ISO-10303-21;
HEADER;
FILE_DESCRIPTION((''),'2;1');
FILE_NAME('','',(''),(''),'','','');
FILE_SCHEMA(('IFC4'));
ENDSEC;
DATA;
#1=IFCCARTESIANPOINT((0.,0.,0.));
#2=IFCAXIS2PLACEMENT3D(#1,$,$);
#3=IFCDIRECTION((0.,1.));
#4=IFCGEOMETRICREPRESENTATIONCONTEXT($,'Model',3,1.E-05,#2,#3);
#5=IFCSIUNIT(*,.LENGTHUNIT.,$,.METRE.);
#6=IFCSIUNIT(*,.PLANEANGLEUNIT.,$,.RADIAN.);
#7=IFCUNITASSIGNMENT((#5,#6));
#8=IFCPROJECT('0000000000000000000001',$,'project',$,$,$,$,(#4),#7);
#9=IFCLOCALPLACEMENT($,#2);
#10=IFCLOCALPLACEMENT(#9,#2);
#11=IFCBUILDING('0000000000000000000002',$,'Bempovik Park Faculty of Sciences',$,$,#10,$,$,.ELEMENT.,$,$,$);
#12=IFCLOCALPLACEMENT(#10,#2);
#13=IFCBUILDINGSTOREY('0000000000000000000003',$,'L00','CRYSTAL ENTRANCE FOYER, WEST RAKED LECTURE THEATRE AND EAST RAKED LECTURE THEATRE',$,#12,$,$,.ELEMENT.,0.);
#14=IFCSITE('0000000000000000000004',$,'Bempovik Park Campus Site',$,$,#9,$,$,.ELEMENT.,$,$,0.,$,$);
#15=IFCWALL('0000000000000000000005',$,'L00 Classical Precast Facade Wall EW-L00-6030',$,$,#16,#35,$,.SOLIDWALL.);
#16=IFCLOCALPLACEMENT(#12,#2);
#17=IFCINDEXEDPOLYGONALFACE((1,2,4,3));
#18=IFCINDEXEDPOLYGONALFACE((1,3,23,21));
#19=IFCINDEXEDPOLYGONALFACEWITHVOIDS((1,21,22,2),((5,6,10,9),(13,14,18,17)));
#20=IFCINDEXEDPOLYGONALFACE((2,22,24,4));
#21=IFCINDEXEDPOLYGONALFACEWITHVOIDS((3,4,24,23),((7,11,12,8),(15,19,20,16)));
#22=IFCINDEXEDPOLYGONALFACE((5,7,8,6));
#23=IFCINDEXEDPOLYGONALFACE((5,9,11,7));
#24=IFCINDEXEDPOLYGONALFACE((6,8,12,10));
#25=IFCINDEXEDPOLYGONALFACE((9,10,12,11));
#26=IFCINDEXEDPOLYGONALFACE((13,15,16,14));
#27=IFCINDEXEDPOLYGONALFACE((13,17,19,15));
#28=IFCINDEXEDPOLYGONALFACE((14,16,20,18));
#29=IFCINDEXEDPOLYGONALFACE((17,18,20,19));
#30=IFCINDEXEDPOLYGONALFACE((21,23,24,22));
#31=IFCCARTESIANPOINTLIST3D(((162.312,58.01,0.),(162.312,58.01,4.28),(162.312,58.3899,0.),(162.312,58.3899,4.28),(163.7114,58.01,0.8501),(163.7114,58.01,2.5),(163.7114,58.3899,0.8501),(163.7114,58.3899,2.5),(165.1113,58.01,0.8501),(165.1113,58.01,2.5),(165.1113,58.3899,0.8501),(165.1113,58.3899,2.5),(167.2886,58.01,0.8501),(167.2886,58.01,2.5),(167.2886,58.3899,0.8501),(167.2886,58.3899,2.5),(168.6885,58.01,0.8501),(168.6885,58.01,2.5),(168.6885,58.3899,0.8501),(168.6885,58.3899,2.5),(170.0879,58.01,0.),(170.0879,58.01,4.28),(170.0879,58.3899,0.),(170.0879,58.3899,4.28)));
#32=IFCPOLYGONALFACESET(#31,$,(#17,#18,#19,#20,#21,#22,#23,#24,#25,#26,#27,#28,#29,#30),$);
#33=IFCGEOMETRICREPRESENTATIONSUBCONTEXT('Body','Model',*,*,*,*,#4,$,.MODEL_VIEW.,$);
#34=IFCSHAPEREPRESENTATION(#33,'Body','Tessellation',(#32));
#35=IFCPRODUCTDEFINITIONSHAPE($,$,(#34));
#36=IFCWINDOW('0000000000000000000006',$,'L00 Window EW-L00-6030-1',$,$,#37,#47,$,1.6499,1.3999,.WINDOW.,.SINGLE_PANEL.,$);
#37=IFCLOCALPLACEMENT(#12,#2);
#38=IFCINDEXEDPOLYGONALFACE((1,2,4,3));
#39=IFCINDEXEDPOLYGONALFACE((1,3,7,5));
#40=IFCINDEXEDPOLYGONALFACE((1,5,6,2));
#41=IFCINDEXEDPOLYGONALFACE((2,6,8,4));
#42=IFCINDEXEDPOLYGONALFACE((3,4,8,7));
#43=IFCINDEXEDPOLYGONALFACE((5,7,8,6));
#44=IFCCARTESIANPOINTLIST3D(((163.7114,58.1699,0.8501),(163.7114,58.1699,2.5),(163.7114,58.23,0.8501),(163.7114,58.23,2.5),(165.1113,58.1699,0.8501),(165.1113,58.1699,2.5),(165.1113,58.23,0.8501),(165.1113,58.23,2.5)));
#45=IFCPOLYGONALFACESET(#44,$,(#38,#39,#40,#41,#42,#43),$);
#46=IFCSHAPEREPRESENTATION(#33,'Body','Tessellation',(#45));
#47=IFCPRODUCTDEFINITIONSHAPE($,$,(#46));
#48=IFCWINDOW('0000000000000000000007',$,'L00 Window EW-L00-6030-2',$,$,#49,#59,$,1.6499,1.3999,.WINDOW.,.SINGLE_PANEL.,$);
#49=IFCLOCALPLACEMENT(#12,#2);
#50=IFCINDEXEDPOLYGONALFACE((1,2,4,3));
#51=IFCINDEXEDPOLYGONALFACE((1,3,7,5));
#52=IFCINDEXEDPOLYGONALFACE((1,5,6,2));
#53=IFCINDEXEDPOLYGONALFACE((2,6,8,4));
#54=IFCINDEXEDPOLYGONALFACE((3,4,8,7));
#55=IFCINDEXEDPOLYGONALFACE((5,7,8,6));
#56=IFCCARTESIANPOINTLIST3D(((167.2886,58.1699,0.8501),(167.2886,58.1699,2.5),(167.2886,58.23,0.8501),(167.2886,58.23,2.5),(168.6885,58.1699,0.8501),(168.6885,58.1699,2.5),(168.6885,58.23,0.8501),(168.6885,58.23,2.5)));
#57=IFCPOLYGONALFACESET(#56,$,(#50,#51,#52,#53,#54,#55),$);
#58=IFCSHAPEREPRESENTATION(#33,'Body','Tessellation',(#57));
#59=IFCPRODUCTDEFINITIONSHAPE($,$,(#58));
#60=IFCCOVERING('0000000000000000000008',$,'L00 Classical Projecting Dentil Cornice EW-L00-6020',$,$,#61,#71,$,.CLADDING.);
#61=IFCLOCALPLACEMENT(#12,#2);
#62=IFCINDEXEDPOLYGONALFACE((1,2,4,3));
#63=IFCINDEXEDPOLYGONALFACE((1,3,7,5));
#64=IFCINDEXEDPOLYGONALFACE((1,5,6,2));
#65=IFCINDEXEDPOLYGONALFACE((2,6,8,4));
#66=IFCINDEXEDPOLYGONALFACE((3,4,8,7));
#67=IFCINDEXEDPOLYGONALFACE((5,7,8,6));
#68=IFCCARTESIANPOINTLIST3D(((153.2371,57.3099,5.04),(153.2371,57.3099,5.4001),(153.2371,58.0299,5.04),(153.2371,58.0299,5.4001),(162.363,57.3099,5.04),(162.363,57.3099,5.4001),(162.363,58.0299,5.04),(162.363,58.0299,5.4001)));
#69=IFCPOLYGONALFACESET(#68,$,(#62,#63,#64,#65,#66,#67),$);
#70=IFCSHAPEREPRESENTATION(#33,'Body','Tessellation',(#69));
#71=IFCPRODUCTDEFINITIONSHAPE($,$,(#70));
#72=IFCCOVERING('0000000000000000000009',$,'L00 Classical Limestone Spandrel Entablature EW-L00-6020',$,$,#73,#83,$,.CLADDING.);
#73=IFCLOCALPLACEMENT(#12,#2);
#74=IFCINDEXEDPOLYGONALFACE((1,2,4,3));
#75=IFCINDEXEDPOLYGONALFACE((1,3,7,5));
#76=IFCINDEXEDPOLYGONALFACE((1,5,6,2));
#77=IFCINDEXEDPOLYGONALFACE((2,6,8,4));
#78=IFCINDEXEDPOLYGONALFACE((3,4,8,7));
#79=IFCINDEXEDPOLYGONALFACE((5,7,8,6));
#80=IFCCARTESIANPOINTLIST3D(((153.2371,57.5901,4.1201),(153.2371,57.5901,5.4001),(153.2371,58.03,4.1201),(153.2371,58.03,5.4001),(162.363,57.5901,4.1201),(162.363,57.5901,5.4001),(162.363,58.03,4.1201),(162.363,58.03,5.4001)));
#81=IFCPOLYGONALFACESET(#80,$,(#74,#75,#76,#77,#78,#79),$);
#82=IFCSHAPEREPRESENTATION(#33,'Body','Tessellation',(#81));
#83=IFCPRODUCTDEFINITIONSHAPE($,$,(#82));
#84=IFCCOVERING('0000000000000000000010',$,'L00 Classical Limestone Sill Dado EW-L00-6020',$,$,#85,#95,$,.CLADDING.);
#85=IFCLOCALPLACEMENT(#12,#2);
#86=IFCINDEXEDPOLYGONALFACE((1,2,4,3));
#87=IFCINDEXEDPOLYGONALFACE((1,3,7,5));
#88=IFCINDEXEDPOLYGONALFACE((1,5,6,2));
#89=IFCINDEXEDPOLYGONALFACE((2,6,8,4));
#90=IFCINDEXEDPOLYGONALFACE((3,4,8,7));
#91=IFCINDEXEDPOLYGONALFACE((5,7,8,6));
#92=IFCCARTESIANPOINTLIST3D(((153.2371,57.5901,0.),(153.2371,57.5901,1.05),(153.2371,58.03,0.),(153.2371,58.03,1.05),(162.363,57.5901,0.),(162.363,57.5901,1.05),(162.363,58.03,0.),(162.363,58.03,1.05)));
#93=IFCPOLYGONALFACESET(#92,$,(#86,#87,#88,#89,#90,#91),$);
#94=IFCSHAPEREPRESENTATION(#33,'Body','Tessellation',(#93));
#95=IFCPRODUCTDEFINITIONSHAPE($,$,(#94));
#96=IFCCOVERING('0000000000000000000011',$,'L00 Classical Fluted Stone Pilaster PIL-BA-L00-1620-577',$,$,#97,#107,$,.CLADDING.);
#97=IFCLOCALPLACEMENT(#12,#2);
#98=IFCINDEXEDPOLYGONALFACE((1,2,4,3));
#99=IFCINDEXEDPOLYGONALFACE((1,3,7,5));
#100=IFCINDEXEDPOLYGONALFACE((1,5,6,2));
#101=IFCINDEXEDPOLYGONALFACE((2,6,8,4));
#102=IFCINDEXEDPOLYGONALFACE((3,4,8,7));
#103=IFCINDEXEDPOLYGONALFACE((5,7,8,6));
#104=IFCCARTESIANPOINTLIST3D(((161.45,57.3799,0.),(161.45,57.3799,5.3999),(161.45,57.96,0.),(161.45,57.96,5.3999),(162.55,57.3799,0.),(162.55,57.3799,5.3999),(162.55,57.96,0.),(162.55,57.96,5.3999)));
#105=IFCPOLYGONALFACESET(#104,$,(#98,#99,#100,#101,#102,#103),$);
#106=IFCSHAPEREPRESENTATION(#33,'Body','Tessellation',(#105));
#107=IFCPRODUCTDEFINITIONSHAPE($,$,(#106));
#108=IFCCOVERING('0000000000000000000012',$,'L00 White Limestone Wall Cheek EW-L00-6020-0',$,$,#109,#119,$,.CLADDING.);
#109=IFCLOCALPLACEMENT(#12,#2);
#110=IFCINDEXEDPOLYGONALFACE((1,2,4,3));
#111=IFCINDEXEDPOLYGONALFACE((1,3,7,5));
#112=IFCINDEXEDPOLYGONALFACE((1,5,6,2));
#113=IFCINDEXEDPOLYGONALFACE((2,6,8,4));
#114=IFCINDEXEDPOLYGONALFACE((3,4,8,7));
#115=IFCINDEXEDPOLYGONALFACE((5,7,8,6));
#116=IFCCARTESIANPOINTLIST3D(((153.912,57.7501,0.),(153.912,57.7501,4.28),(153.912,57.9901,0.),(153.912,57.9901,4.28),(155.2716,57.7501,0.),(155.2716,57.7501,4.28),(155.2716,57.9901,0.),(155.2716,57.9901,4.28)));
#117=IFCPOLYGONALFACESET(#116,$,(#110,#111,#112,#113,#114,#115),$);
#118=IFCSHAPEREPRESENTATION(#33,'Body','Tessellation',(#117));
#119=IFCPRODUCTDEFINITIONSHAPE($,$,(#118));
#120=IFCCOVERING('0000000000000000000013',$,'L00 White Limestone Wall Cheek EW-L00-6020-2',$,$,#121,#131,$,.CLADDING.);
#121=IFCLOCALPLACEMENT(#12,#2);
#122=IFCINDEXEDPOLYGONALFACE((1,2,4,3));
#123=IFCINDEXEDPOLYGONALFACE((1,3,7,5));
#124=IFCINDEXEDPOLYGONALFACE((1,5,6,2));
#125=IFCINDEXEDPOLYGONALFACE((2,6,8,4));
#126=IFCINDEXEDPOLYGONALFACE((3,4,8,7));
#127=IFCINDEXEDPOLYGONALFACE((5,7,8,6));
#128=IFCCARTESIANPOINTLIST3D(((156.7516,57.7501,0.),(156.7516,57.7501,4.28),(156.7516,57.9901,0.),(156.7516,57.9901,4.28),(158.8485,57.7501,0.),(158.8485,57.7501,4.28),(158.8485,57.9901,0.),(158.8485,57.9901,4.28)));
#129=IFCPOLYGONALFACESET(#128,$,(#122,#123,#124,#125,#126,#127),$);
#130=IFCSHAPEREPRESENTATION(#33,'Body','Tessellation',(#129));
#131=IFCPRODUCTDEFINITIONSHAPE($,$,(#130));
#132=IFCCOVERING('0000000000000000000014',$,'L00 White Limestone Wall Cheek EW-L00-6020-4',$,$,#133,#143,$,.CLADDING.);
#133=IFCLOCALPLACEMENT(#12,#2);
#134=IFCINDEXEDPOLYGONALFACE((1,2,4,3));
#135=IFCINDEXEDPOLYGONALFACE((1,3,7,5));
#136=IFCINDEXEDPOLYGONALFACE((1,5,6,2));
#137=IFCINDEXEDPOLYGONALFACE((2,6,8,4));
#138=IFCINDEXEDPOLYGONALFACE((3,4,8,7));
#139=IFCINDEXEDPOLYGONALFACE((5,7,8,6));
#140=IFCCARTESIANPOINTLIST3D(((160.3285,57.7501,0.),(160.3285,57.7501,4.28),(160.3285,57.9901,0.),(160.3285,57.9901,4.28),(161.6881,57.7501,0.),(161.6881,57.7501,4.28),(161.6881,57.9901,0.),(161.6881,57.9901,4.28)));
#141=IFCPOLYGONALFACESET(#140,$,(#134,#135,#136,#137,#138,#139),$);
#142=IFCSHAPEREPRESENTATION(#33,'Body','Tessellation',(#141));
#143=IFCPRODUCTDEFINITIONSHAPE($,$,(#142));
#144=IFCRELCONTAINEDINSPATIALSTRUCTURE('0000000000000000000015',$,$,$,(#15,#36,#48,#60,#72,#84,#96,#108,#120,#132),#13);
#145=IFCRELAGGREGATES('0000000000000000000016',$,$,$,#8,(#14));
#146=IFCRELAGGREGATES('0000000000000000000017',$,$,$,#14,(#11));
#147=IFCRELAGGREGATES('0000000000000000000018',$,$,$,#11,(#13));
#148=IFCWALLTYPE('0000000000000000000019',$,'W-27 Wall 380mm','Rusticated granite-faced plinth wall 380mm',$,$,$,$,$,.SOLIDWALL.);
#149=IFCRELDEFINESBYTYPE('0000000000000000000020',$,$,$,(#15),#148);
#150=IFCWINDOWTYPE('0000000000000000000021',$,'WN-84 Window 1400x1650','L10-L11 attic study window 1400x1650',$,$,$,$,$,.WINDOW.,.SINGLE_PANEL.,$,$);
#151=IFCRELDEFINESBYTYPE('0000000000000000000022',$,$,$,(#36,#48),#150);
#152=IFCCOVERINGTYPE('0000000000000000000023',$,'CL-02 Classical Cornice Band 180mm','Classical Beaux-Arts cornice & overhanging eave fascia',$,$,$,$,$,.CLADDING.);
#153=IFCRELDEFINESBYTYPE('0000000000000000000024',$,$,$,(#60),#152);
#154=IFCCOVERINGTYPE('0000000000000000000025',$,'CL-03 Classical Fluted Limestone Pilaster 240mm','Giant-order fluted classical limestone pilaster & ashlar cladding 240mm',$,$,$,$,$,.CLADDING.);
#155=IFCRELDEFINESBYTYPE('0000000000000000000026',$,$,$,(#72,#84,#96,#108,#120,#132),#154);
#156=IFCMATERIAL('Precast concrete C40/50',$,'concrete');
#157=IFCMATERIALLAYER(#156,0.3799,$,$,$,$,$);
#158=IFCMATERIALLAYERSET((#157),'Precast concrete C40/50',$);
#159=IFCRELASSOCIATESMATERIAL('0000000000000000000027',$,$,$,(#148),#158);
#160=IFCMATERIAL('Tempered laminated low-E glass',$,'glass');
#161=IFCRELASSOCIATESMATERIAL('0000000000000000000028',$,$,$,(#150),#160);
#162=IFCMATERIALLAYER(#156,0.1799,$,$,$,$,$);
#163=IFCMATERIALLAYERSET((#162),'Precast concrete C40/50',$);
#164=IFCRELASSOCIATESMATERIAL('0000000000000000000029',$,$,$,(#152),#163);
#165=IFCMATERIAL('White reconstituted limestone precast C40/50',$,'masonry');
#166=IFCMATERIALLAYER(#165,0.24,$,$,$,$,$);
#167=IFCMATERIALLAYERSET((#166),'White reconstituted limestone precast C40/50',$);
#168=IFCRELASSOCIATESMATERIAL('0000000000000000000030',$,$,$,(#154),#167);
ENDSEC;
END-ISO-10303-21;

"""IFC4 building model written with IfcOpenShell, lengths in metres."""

from ifc_helpers import new_model, si_unit, direction, frame, frame_2d, origin, origin_2d, place, context, subcontext, project, spatial, rectangle, extrude, material, layer, layer_set, type_object, element, fill, save


model = new_model("IFC4")

# Units and contexts
model_context = context("Model", 3, precision=1e-05, world=origin(), true_north=direction((0.0, 1.0)))
body_context = subcontext(model_context, "Body", "Model", "MODEL_VIEW")
ifc_project = project(units=[si_unit("LENGTHUNIT", "METRE"), si_unit("PLANEANGLEUNIT", "RADIAN")], contexts=[model_context])

# Site, building, storey
site_placement = place(None, origin())
site = spatial("IfcSite", under=ifc_project, at=site_placement, Name="Bempovik Park Campus Site", CompositionType="ELEMENT", RefElevation=0.0)
building_placement = place(site_placement, origin())
building = spatial("IfcBuilding", under=site, at=building_placement, Name="Bempovik Park Faculty of Sciences", CompositionType="ELEMENT")
storey_placement = place(building_placement, origin())
storey = spatial("IfcBuildingStorey", under=building, at=storey_placement, Name="L00", Description="CRYSTAL ENTRANCE FOYER, WEST RAKED LECTURE THEATRE AND EAST RAKED LECTURE THEATRE", CompositionType="ELEMENT", Elevation=0.0)

# Wall, openings, windows
ifc_material_1 = material(Name="Precast concrete C40/50", Category="concrete")
ifc_layer_1 = layer(ifc_material_1, 0.3799)
ifc_layer_set_1 = layer_set([ifc_layer_1], Name="Precast concrete C40/50")
wall_type = type_object("IfcWallType", Name="W-27 Wall 380mm", Description="Rusticated granite-faced plinth wall 380mm", PredefinedType="SOLIDWALL", material=ifc_layer_set_1)
wall_placement = place(storey_placement, frame((162.312, 58.2, 0.0), z_axis=(0.0, 0.0, 1.0), x_axis=(1.0, 0.0, 0.0)))
wall = element("IfcWall", 1, at=wall_placement, inside=storey, type_object=wall_type, Name="L00 Classical Precast Facade Wall EW-L00-6030", PredefinedType="SOLIDWALL", context=body_context, shape_type="SweptSolid", body=[
    extrude(rectangle(XDim=7.7759, YDim=0.3799, at=frame_2d((3.8879, 0.0))), origin(), (0.0, 0.0, 1.0), 4.28),
])
opening_1_placement = place(wall_placement, frame((1.3994, 0.0, 0.8501)))
opening_1 = element("IfcOpeningElement", 2, at=opening_1_placement, cuts=wall, PredefinedType="OPENING", context=body_context, shape_type="SweptSolid", body=[
    extrude(rectangle(XDim=1.3999, YDim=1.6499, at=frame_2d((0.7, 0.825))), frame((0.0, 0.2, 0.0), z_axis=(0.0, -1.0, 0.0), x_axis=(1.0, 0.0, 0.0)), (0.0, 0.0, 1.0), 0.3999),
])
opening_2_placement = place(wall_placement, frame((4.9766, 0.0, 0.8501)))
opening_2 = element("IfcOpeningElement", 3, at=opening_2_placement, cuts=wall, PredefinedType="OPENING", context=body_context, shape_type="SweptSolid", body=[
    extrude(rectangle(XDim=1.3999, YDim=1.6499, at=frame_2d((0.7, 0.825))), frame((0.0, 0.2, 0.0), z_axis=(0.0, -1.0, 0.0), x_axis=(1.0, 0.0, 0.0)), (0.0, 0.0, 1.0), 0.3999),
])
ifc_material_2 = material(Name="Tempered laminated low-E glass", Category="glass")
window_type = type_object("IfcWindowType", Name="WN-84 Window 1400x1650", Description="L10-L11 attic study window 1400x1650", PartitioningType="SINGLE_PANEL", PredefinedType="WINDOW", material=ifc_material_2)
window_1_placement = place(opening_1_placement, origin())
window_1 = element("IfcWindow", 4, at=window_1_placement, inside=storey, type_object=window_type, Name="L00 Window EW-L00-6030-1", OverallHeight=1.6499, OverallWidth=1.3999, PartitioningType="SINGLE_PANEL", PredefinedType="WINDOW", context=body_context, shape_type="SweptSolid", body=[
    extrude(rectangle(XDim=1.3999, YDim=1.6499, at=frame_2d((0.7, 0.825))), frame((0.0, 0.03, 0.0), z_axis=(0.0, -1.0, 0.0), x_axis=(1.0, 0.0, 0.0)), (0.0, 0.0, 1.0), 0.0601),
])
fill(opening_1, window_1)
window_2_placement = place(opening_2_placement, origin())
window_2 = element("IfcWindow", 5, at=window_2_placement, inside=storey, type_object=window_type, Name="L00 Window EW-L00-6030-2", OverallHeight=1.6499, OverallWidth=1.3999, PartitioningType="SINGLE_PANEL", PredefinedType="WINDOW", context=body_context, shape_type="SweptSolid", body=[
    extrude(rectangle(XDim=1.3999, YDim=1.6499, at=frame_2d((0.7, 0.825))), frame((0.0, 0.03, 0.0), z_axis=(0.0, -1.0, 0.0), x_axis=(1.0, 0.0, 0.0)), (0.0, 0.0, 1.0), 0.0601),
])
fill(opening_2, window_2)

# Coverings
ifc_layer_2 = layer(ifc_material_1, 0.1799)
ifc_layer_set_2 = layer_set([ifc_layer_2], Name="Precast concrete C40/50")
covering_type_1 = type_object("IfcCoveringType", Name="CL-02 Classical Cornice Band 180mm", Description="Classical Beaux-Arts cornice & overhanging eave fascia", PredefinedType="CLADDING", material=ifc_layer_set_2)
covering_1_placement = place(storey_placement, frame((157.8, 57.6699, 5.04), z_axis=(0.0, 0.0, 1.0), x_axis=(1.0, 0.0, 0.0)))
element("IfcCovering", 6, at=covering_1_placement, inside=storey, type_object=covering_type_1, Name="L00 Classical Projecting Dentil Cornice EW-L00-6020", PredefinedType="CLADDING", context=body_context, shape_type="SweptSolid", body=[
    extrude(rectangle(XDim=9.126, YDim=0.72, at=origin_2d()), origin(), (0.0, 0.0, 1.0), 0.3601),
])
ifc_material_3 = material(Name="White reconstituted limestone precast C40/50", Category="masonry")
ifc_layer_3 = layer(ifc_material_3, 0.24)
ifc_layer_set_3 = layer_set([ifc_layer_3], Name="White reconstituted limestone precast C40/50")
covering_type_2 = type_object("IfcCoveringType", Name="CL-03 Classical Fluted Limestone Pilaster 240mm", Description="Giant-order fluted classical limestone pilaster & ashlar cladding 240mm", PredefinedType="CLADDING", material=ifc_layer_set_3)
covering_2_placement = place(storey_placement, frame((157.8, 57.8101, 4.1201), z_axis=(0.0, 0.0, 1.0), x_axis=(1.0, 0.0, 0.0)))
element("IfcCovering", 7, at=covering_2_placement, inside=storey, type_object=covering_type_2, Name="L00 Classical Limestone Spandrel Entablature EW-L00-6020", PredefinedType="CLADDING", context=body_context, shape_type="SweptSolid", body=[
    extrude(rectangle(XDim=9.126, YDim=0.4399, at=origin_2d()), origin(), (0.0, 0.0, 1.0), 1.28),
])
covering_3_placement = place(storey_placement, frame((157.8, 57.8101, 0.0), z_axis=(0.0, 0.0, 1.0), x_axis=(1.0, 0.0, 0.0)))
element("IfcCovering", 8, at=covering_3_placement, inside=storey, type_object=covering_type_2, Name="L00 Classical Limestone Sill Dado EW-L00-6020", PredefinedType="CLADDING", context=body_context, shape_type="SweptSolid", body=[
    extrude(rectangle(XDim=9.126, YDim=0.4399, at=origin_2d()), origin(), (0.0, 0.0, 1.0), 1.05),
])
covering_4_placement = place(storey_placement, frame((162.0, 57.6699, 0.0), z_axis=(0.0, 0.0, 1.0), x_axis=(1.0, 0.0, 0.0)))
element("IfcCovering", 9, at=covering_4_placement, inside=storey, type_object=covering_type_2, Name="L00 Classical Fluted Stone Pilaster PIL-BA-L00-1620-577", PredefinedType="CLADDING", context=body_context, shape_type="SweptSolid", body=[
    extrude(rectangle(XDim=1.1001, YDim=0.5801, at=origin_2d()), origin(), (0.0, 0.0, 1.0), 5.3999),
])
covering_5_placement = place(storey_placement, frame((154.5918, 57.8701, 0.0), z_axis=(0.0, 0.0, 1.0), x_axis=(1.0, 0.0, 0.0)))
element("IfcCovering", 10, at=covering_5_placement, inside=storey, type_object=covering_type_2, Name="L00 White Limestone Wall Cheek EW-L00-6020-0", PredefinedType="CLADDING", context=body_context, shape_type="SweptSolid", body=[
    extrude(rectangle(XDim=1.3596, YDim=0.24, at=origin_2d()), origin(), (0.0, 0.0, 1.0), 4.28),
])
covering_6_placement = place(storey_placement, frame((157.8, 57.8701, 0.0), z_axis=(0.0, 0.0, 1.0), x_axis=(1.0, 0.0, 0.0)))
element("IfcCovering", 11, at=covering_6_placement, inside=storey, type_object=covering_type_2, Name="L00 White Limestone Wall Cheek EW-L00-6020-2", PredefinedType="CLADDING", context=body_context, shape_type="SweptSolid", body=[
    extrude(rectangle(XDim=2.0969, YDim=0.24, at=origin_2d()), origin(), (0.0, 0.0, 1.0), 4.28),
])
covering_7_placement = place(storey_placement, frame((161.0083, 57.8701, 0.0), z_axis=(0.0, 0.0, 1.0), x_axis=(1.0, 0.0, 0.0)))
element("IfcCovering", 12, at=covering_7_placement, inside=storey, type_object=covering_type_2, Name="L00 White Limestone Wall Cheek EW-L00-6020-4", PredefinedType="CLADDING", context=body_context, shape_type="SweptSolid", body=[
    extrude(rectangle(XDim=1.3596, YDim=0.24, at=origin_2d()), origin(), (0.0, 0.0, 1.0), 4.28),
])

save(model, "model.ifc")
